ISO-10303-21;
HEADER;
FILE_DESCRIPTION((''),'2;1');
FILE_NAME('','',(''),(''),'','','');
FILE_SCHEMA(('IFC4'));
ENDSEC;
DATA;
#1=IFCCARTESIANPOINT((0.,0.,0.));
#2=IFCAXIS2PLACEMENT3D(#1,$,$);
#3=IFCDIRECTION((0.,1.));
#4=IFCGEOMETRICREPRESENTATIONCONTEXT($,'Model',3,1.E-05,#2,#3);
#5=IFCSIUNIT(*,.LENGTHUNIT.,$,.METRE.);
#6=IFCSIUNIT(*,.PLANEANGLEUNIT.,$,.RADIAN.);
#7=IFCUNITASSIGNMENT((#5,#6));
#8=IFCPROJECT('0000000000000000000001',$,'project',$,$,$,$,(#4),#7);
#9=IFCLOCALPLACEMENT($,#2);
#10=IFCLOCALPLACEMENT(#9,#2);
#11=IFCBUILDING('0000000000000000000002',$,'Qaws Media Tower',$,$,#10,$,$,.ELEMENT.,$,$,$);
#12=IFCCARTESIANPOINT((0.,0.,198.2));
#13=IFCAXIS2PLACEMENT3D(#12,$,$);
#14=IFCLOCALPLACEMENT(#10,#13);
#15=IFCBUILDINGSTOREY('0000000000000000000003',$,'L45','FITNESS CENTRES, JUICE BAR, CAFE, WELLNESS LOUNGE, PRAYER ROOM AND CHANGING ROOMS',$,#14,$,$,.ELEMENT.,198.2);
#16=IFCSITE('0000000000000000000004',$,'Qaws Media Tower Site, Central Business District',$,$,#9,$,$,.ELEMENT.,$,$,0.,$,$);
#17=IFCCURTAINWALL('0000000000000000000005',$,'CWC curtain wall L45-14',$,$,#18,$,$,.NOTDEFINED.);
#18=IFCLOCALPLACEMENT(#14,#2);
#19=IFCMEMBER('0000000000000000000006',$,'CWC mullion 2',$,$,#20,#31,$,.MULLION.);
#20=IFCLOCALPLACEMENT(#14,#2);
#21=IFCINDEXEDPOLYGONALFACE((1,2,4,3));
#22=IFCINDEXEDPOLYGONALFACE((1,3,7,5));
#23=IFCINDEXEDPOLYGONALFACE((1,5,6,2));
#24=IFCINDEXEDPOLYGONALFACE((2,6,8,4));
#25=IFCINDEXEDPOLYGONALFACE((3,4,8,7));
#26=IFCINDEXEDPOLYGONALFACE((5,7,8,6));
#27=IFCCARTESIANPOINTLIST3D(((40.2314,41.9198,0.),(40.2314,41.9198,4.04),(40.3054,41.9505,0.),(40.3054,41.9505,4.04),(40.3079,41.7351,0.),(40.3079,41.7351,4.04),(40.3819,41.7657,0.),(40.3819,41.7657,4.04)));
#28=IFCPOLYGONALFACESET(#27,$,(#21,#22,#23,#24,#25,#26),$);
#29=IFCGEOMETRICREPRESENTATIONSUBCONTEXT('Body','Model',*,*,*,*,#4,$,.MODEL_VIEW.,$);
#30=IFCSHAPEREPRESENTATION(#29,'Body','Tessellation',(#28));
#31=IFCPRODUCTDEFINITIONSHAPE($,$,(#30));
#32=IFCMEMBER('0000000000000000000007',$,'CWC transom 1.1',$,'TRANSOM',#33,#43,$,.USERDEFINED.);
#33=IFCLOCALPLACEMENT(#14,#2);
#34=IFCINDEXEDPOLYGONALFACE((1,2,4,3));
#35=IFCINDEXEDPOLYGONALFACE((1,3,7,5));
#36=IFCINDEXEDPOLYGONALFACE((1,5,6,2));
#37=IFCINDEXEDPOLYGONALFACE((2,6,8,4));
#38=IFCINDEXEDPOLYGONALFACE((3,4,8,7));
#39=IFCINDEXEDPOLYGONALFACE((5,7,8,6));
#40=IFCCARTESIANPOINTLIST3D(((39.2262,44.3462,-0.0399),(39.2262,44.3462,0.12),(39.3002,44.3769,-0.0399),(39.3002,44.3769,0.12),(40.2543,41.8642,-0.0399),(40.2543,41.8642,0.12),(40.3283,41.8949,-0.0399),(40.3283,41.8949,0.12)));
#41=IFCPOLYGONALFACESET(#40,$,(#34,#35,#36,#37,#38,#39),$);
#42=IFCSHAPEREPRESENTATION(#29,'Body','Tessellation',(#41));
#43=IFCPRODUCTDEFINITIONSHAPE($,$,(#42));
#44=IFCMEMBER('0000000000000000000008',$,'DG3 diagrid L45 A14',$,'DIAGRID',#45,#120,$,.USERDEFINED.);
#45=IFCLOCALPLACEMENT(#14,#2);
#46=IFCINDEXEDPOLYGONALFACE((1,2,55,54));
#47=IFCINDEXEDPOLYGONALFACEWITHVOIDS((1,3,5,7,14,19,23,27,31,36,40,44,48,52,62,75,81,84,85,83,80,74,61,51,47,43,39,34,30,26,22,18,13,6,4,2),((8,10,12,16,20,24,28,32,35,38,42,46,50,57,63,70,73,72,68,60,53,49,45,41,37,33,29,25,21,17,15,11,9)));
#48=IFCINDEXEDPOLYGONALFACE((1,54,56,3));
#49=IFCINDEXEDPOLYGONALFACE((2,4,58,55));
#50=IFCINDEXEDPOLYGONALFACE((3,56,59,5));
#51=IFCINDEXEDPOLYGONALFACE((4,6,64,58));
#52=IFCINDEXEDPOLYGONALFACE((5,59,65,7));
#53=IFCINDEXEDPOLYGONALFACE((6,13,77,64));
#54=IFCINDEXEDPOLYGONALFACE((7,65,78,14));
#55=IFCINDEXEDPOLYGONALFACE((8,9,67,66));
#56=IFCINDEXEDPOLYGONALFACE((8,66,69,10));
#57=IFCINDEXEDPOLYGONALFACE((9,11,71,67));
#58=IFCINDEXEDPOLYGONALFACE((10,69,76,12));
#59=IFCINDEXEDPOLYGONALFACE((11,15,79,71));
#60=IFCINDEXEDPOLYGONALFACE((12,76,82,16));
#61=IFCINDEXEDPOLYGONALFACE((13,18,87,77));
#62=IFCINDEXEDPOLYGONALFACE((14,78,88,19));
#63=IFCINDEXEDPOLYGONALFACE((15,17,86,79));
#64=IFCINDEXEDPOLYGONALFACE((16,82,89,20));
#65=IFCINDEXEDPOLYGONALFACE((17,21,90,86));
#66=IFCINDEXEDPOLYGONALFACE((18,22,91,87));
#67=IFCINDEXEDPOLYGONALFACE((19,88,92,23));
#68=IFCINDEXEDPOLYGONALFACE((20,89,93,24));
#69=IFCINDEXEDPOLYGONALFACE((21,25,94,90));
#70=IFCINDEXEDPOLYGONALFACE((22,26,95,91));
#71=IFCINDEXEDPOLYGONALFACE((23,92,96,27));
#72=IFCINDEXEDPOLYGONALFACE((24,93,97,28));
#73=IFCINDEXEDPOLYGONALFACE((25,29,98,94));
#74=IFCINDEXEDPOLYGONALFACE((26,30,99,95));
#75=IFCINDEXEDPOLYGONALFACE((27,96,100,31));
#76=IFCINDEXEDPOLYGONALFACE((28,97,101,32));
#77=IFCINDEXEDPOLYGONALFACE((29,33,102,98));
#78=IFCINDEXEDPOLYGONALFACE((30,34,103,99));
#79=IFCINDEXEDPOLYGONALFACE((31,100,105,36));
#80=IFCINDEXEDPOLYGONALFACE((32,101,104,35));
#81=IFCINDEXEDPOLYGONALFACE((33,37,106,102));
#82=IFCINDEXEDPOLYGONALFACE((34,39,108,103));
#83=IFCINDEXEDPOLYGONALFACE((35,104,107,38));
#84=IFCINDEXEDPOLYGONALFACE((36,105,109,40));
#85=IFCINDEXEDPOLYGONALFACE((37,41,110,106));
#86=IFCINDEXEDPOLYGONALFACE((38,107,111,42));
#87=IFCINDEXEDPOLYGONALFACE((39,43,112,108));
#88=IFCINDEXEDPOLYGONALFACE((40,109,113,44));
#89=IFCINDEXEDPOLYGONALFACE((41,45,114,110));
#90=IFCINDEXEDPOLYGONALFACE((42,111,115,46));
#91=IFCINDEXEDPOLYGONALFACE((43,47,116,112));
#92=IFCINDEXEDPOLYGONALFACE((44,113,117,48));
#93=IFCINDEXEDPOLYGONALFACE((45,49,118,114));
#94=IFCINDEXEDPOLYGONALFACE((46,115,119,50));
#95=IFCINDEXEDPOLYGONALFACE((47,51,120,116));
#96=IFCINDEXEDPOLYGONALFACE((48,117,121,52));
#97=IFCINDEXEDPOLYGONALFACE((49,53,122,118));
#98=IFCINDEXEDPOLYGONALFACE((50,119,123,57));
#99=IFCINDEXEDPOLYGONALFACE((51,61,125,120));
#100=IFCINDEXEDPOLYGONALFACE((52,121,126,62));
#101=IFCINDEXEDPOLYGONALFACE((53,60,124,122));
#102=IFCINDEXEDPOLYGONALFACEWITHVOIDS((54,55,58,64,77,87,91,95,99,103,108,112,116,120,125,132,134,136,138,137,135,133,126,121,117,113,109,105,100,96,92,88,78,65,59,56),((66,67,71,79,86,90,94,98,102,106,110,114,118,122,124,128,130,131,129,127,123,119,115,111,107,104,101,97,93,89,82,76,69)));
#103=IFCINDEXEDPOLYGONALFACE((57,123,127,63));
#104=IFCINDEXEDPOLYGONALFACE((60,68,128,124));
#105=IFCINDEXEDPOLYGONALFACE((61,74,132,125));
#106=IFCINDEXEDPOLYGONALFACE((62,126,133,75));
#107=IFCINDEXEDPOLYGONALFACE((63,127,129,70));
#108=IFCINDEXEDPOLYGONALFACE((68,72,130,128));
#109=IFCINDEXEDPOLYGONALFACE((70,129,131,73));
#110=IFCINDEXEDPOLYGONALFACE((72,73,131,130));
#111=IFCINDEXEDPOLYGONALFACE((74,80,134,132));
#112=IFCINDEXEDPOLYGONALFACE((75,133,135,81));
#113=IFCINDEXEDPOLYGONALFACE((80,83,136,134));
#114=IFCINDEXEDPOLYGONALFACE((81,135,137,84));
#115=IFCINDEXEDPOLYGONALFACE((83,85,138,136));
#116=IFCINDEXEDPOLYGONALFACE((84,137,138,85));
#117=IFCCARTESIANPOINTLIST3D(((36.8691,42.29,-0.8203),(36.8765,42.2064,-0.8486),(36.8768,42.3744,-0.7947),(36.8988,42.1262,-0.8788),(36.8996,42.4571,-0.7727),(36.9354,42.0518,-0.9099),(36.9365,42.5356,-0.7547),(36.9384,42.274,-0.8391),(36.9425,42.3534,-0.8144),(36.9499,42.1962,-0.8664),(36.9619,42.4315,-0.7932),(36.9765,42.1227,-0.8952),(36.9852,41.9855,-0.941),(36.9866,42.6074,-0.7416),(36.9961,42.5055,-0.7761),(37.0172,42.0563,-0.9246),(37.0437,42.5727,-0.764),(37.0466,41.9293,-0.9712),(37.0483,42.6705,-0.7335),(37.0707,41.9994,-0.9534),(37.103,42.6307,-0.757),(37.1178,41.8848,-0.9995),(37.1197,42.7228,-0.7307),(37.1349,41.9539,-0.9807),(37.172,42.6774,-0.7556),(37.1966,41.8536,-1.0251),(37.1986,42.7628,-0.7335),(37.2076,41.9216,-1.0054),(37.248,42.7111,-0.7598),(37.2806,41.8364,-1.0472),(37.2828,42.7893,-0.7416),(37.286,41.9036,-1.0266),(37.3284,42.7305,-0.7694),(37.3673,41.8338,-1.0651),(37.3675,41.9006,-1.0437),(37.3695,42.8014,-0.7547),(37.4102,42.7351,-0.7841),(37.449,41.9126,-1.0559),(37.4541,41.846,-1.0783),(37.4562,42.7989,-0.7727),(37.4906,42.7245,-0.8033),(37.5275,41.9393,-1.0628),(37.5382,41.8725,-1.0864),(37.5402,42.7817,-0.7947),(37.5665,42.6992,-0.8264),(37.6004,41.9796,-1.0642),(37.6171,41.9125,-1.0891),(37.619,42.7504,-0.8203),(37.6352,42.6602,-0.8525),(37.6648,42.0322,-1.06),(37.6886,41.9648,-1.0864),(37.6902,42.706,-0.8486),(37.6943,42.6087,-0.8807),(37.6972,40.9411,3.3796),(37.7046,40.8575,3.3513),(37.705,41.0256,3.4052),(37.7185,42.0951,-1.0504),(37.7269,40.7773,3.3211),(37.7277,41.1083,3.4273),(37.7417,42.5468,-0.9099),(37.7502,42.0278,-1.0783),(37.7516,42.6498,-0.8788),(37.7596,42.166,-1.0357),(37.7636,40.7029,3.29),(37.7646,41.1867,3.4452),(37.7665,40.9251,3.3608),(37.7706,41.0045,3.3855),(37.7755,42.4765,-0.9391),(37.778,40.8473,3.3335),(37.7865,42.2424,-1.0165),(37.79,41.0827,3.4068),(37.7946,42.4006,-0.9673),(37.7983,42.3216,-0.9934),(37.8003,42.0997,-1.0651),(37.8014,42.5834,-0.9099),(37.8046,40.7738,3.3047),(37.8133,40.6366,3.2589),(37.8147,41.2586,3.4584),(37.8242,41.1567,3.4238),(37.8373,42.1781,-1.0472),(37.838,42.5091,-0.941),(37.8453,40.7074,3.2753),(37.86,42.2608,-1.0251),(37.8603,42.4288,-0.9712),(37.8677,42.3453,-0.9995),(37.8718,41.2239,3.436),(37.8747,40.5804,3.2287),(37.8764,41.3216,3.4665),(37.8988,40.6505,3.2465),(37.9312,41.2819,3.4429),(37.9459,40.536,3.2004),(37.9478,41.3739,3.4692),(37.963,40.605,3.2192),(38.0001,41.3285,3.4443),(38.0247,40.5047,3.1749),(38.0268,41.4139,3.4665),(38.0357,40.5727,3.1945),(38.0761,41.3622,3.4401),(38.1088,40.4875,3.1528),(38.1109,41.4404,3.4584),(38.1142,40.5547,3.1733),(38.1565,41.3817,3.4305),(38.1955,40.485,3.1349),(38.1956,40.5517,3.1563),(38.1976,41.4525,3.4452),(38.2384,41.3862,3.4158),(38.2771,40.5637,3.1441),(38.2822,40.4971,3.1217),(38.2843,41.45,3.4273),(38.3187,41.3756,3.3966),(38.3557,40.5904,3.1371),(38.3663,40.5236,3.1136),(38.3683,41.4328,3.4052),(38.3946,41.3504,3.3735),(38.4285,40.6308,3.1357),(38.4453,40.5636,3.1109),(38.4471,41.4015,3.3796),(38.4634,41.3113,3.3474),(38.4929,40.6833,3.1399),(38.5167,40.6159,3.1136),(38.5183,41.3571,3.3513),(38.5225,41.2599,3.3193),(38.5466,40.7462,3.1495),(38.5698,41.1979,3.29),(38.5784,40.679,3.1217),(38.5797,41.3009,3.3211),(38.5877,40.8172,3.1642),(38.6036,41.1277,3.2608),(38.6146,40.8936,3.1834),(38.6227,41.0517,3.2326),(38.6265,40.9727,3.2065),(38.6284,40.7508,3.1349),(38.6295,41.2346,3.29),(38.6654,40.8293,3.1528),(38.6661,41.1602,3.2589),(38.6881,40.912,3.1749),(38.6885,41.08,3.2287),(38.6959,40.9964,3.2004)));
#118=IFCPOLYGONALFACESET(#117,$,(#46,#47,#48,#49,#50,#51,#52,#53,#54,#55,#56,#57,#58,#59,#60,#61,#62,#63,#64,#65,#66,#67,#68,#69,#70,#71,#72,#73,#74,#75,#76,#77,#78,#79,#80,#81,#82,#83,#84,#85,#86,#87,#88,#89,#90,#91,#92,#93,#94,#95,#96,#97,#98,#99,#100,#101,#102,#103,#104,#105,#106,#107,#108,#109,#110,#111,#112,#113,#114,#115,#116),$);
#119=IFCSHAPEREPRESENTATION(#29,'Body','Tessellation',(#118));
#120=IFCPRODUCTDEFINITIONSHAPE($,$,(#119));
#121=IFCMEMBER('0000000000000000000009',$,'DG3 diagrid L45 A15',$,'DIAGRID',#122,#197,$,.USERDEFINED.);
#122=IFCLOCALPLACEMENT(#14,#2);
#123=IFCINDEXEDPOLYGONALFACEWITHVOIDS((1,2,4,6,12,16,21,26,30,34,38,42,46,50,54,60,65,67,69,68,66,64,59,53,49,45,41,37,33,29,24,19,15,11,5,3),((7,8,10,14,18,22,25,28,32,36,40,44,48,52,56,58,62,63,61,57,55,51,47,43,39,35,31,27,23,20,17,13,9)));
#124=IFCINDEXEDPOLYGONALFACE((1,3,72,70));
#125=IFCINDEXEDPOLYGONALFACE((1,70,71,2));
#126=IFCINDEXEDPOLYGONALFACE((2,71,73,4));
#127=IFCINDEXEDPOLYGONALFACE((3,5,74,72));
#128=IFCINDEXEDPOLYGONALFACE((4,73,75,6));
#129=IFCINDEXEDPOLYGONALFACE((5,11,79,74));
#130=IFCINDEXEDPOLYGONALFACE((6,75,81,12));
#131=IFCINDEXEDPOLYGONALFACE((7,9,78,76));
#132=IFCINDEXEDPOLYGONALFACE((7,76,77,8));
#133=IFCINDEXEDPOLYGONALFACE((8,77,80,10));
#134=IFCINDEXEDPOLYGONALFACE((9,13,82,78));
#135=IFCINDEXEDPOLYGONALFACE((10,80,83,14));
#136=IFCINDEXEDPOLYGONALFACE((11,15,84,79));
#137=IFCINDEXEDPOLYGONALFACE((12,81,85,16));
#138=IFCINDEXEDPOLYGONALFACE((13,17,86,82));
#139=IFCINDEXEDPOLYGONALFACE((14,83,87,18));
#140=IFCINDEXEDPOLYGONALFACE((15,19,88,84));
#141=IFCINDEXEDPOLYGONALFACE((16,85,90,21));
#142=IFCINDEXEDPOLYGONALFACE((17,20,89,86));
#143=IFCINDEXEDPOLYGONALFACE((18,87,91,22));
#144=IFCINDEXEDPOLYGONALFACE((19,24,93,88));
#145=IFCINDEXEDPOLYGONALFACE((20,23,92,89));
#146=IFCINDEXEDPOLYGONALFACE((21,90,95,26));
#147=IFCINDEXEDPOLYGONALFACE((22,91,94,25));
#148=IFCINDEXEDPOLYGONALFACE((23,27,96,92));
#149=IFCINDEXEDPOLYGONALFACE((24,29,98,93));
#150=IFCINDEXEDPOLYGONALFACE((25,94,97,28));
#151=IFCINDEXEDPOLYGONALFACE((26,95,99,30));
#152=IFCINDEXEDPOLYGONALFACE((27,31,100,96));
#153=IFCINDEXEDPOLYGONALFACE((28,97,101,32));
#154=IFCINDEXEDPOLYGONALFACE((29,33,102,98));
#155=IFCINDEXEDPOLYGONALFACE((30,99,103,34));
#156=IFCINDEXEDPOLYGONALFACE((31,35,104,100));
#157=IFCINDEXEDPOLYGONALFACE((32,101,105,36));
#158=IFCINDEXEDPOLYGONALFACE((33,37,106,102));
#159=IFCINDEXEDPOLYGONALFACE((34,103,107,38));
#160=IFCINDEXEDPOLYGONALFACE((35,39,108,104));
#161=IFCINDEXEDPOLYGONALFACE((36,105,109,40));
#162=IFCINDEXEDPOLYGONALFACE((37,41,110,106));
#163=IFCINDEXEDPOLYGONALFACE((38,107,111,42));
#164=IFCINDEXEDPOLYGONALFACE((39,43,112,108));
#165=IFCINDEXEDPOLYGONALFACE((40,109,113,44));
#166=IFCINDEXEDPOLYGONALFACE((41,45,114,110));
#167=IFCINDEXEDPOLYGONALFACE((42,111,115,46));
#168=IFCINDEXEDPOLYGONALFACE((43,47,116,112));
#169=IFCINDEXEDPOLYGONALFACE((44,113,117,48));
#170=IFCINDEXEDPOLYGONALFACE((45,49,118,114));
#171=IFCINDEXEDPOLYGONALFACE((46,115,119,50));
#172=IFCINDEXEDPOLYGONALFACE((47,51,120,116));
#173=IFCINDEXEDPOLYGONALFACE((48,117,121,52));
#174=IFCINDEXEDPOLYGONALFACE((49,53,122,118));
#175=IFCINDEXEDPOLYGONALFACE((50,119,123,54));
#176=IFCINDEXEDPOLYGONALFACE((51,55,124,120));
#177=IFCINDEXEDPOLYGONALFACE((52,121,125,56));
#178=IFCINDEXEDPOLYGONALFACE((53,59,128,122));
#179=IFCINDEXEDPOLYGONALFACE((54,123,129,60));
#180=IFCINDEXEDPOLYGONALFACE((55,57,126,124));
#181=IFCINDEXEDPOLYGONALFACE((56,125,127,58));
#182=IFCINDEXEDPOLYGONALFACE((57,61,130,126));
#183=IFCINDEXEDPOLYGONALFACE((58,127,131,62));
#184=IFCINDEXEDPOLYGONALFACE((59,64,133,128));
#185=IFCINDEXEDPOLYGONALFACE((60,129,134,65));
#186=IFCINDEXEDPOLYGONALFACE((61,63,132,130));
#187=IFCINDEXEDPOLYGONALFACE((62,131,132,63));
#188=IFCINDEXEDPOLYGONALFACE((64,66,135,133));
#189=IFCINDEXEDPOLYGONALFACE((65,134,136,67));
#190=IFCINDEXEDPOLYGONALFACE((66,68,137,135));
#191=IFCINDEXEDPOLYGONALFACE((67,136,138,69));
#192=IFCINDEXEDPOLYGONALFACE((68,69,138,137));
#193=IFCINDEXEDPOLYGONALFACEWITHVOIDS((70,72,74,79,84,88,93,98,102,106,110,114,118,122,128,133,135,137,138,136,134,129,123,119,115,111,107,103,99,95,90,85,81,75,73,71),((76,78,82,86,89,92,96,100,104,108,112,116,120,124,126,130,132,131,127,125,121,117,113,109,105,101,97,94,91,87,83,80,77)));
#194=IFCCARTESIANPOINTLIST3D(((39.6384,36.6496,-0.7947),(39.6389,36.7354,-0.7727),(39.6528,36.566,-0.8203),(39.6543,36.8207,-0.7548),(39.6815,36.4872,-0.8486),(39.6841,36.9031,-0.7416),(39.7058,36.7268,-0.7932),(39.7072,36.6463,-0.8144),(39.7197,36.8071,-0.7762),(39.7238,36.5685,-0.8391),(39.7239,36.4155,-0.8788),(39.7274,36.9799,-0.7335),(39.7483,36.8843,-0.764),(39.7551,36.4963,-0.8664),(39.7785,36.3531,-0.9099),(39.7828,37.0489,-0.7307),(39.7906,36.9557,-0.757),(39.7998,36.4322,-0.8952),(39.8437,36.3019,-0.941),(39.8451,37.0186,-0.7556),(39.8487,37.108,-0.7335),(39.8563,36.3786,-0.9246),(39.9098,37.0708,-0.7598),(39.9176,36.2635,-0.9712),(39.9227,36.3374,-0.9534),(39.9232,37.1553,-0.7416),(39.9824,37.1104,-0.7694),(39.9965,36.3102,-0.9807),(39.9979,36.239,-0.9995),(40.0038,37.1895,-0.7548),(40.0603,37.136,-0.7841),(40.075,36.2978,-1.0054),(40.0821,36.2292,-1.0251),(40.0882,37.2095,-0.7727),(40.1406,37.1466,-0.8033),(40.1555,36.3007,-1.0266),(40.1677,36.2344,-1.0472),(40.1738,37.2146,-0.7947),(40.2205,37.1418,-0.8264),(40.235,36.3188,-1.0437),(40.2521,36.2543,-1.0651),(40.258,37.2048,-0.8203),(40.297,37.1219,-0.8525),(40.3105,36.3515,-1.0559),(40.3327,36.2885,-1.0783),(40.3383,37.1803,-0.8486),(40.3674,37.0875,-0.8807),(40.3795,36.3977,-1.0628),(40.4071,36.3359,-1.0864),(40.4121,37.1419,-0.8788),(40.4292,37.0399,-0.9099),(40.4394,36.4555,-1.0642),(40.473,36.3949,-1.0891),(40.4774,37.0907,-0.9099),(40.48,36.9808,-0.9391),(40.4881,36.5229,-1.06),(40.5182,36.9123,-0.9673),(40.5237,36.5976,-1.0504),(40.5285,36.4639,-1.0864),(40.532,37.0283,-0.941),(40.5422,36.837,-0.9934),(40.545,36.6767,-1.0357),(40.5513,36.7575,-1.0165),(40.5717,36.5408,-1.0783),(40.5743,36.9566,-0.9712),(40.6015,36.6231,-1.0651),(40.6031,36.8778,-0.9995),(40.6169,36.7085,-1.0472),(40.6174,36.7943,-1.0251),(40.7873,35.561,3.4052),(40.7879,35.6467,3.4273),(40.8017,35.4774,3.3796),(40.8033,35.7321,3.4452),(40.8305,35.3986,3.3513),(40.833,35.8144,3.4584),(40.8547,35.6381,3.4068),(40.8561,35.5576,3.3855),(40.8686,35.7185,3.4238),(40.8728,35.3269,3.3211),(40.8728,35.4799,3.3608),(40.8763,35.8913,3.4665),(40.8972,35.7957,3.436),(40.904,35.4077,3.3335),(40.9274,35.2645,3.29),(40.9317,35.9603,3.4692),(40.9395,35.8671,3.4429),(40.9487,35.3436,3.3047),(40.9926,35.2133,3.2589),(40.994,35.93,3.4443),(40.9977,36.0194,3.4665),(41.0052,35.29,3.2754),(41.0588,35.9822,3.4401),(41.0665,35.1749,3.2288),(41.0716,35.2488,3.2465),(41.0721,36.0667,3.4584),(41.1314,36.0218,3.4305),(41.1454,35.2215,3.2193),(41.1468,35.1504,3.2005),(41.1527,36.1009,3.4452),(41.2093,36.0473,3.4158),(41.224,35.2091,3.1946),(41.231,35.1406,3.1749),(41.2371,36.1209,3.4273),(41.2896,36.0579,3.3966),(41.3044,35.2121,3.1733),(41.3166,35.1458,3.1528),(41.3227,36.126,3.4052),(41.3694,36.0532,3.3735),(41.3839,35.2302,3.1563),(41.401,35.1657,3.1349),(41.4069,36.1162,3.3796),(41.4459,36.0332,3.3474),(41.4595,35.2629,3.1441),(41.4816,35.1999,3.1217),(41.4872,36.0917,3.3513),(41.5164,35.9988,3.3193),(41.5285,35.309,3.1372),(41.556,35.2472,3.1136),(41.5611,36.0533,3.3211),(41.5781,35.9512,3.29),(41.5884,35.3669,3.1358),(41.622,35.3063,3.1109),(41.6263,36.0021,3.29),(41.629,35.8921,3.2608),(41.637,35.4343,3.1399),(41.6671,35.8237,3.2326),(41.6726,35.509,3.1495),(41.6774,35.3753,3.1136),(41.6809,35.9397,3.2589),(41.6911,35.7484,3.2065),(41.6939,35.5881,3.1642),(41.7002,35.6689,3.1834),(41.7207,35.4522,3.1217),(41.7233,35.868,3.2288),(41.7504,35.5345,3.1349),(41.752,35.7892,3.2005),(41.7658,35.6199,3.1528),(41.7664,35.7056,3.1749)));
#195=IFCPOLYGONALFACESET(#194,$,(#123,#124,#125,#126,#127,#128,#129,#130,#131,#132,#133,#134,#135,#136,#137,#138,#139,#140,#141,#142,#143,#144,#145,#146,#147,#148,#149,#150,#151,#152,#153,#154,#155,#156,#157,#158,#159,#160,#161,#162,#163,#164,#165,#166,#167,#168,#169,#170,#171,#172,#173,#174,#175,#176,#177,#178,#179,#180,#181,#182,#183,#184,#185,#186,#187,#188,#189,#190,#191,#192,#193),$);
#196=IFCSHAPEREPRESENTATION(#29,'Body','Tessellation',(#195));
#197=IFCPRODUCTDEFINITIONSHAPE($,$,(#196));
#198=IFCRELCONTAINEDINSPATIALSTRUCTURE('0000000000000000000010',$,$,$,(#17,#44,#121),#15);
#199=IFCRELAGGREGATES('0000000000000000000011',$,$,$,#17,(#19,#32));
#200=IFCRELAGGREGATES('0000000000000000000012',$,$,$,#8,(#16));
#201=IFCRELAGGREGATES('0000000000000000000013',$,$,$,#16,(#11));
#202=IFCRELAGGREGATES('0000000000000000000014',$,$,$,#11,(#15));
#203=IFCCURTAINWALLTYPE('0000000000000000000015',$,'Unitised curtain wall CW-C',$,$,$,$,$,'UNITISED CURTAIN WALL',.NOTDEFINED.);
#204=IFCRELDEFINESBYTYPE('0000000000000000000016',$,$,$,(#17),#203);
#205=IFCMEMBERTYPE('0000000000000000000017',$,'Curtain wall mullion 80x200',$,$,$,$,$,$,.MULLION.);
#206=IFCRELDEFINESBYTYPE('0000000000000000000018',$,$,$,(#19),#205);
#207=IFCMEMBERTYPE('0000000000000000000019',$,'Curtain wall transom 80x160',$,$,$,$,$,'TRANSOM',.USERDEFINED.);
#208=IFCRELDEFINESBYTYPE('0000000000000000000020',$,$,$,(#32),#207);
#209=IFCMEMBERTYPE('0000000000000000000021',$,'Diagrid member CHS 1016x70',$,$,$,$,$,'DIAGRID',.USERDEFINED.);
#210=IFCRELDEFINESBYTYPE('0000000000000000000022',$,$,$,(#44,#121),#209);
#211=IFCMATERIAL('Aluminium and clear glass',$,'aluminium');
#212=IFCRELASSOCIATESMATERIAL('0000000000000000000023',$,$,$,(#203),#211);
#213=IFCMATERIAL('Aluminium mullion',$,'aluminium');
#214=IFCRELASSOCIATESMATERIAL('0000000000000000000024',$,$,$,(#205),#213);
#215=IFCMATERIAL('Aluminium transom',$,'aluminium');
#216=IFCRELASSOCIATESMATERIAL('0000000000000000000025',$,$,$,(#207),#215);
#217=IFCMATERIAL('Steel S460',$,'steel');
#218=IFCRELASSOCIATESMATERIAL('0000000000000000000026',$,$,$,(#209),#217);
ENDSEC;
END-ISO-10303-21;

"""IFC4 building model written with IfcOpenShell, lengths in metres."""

from ifc_helpers import new_model, si_unit, direction, frame, origin, origin_2d, place, context, subcontext, project, spatial, rectangle, hollow_circle, extrude, material, material_profile, profile_set, type_object, element, aggregate, save


model = new_model("IFC4")

# Units and contexts
model_context = context("Model", 3, precision=1e-05, world=origin(), true_north=direction((0.0, 1.0)))
body_context = subcontext(model_context, "Body", "Model", "MODEL_VIEW")
ifc_project = project(units=[si_unit("LENGTHUNIT", "METRE"), si_unit("PLANEANGLEUNIT", "RADIAN")], contexts=[model_context])

# Site, building, storey
site_placement = place(None, origin())
site = spatial("IfcSite", under=ifc_project, at=site_placement, Name="Qaws Media Tower Site, Central Business District", CompositionType="ELEMENT", RefElevation=0.0)
building_placement = place(site_placement, origin())
building = spatial("IfcBuilding", under=site, at=building_placement, Name="Qaws Media Tower", CompositionType="ELEMENT")
storey_placement = place(building_placement, frame((0.0, 0.0, 198.2)))
storey = spatial("IfcBuildingStorey", under=building, at=storey_placement, Name="L45", Description="FITNESS CENTRES, JUICE BAR, CAFE, WELLNESS LOUNGE, PRAYER ROOM AND CHANGING ROOMS", CompositionType="ELEMENT", Elevation=198.2)

# Curtain wall, members
ifc_material_1 = material(Name="Aluminium and clear glass", Category="aluminium")
curtain_wall_type = type_object("IfcCurtainWallType", Name="Unitised curtain wall CW-C", ElementType="UNITISED CURTAIN WALL", PredefinedType="NOTDEFINED", material=ifc_material_1)
curtain_wall_placement = place(storey_placement, origin())
curtain_wall = element("IfcCurtainWall", 1, at=curtain_wall_placement, inside=storey, type_object=curtain_wall_type, Name="CWC curtain wall L45-14", PredefinedType="NOTDEFINED")
ifc_material_2 = material(Name="Aluminium mullion", Category="aluminium")
ifc_material_profile_1 = material_profile(ifc_material_2, rectangle(XDim=0.0801, YDim=0.2, at=origin_2d()), Name="80x200")
ifc_profile_set_1 = profile_set([ifc_material_profile_1], Name="Aluminium mullion")
member_type_1 = type_object("IfcMemberType", Name="Curtain wall mullion 80x200", PredefinedType="MULLION", material=ifc_profile_set_1)
member_1_placement = place(storey_placement, frame((40.3066, 41.8428, 0.0), z_axis=(0.0, 0.0, 1.0), x_axis=(0.92388, 0.382683, 0.0)))
member_1 = element("IfcMember", 2, at=member_1_placement, type_object=member_type_1, Name="CWC mullion 2", PredefinedType="MULLION", context=body_context, shape_type="SweptSolid", body=[
    extrude(rectangle(XDim=0.0801, YDim=0.2, at=origin_2d()), origin(), (0.0, 0.0, 1.0), 4.04),
])
ifc_material_3 = material(Name="Aluminium transom", Category="aluminium")
ifc_material_profile_2 = material_profile(ifc_material_3, rectangle(XDim=0.0801, YDim=0.1599, at=origin_2d()), Name="80x160")
ifc_profile_set_2 = profile_set([ifc_material_profile_2], Name="Aluminium transom")
member_type_2 = type_object("IfcMemberType", Name="Curtain wall transom 80x160", ElementType="TRANSOM", PredefinedType="USERDEFINED", material=ifc_profile_set_2)
member_2_placement = place(storey_placement, frame((39.2632, 44.3616, 0.04), z_axis=(0.382692, -0.923876, 0.0), x_axis=(0.923876, 0.382692, 0.0)))
member_2 = element("IfcMember", 3, at=member_2_placement, type_object=member_type_2, Name="CWC transom 1.1", ObjectType="TRANSOM", PredefinedType="USERDEFINED", context=body_context, shape_type="SweptSolid", body=[
    extrude(rectangle(XDim=0.0801, YDim=0.1599, at=origin_2d()), origin(), (0.0, 0.0, 1.0), 2.6865),
])

# Members
ifc_material_4 = material(Name="Steel S460", Category="steel")
ifc_material_profile_3 = material_profile(ifc_material_4, hollow_circle(Radius=0.5081, WallThickness=0.0701, at=origin_2d()), Name="CHS 1016x70")
ifc_profile_set_3 = profile_set([ifc_material_profile_3], Name="Steel S460")
member_type_3 = type_object("IfcMemberType", Name="Diagrid member CHS 1016x70", ElementType="DIAGRID", PredefinedType="USERDEFINED", material=ifc_profile_set_3)
for number, where, z_axis, x_axis, name in (
    (4, (37.3684, 42.3176, -0.9099), (0.184507, -0.300532, 0.935755), (0.852209, 0.523202, 0.0), "DG3 diagrid L45 A14"),
    (5, (40.1279, 36.7219, -0.9099), (0.255983, -0.242548, 0.935758), (0.6878, 0.7259, 0.0), "DG3 diagrid L45 A15"),
):
    element("IfcMember", number, at=place(storey_placement, frame(where, z_axis=z_axis, x_axis=x_axis)), inside=storey, type_object=member_type_3, Name=name, ObjectType="DIAGRID", PredefinedType="USERDEFINED", context=body_context, shape_type="SweptSolid", body=[
        extrude(hollow_circle(Radius=0.5081, WallThickness=0.0701, at=origin_2d()), origin(), (0.0, 0.0, 1.0), 4.4883),
    ])

aggregate(curtain_wall, [member_1, member_2])

save(model, "model.ifc")
